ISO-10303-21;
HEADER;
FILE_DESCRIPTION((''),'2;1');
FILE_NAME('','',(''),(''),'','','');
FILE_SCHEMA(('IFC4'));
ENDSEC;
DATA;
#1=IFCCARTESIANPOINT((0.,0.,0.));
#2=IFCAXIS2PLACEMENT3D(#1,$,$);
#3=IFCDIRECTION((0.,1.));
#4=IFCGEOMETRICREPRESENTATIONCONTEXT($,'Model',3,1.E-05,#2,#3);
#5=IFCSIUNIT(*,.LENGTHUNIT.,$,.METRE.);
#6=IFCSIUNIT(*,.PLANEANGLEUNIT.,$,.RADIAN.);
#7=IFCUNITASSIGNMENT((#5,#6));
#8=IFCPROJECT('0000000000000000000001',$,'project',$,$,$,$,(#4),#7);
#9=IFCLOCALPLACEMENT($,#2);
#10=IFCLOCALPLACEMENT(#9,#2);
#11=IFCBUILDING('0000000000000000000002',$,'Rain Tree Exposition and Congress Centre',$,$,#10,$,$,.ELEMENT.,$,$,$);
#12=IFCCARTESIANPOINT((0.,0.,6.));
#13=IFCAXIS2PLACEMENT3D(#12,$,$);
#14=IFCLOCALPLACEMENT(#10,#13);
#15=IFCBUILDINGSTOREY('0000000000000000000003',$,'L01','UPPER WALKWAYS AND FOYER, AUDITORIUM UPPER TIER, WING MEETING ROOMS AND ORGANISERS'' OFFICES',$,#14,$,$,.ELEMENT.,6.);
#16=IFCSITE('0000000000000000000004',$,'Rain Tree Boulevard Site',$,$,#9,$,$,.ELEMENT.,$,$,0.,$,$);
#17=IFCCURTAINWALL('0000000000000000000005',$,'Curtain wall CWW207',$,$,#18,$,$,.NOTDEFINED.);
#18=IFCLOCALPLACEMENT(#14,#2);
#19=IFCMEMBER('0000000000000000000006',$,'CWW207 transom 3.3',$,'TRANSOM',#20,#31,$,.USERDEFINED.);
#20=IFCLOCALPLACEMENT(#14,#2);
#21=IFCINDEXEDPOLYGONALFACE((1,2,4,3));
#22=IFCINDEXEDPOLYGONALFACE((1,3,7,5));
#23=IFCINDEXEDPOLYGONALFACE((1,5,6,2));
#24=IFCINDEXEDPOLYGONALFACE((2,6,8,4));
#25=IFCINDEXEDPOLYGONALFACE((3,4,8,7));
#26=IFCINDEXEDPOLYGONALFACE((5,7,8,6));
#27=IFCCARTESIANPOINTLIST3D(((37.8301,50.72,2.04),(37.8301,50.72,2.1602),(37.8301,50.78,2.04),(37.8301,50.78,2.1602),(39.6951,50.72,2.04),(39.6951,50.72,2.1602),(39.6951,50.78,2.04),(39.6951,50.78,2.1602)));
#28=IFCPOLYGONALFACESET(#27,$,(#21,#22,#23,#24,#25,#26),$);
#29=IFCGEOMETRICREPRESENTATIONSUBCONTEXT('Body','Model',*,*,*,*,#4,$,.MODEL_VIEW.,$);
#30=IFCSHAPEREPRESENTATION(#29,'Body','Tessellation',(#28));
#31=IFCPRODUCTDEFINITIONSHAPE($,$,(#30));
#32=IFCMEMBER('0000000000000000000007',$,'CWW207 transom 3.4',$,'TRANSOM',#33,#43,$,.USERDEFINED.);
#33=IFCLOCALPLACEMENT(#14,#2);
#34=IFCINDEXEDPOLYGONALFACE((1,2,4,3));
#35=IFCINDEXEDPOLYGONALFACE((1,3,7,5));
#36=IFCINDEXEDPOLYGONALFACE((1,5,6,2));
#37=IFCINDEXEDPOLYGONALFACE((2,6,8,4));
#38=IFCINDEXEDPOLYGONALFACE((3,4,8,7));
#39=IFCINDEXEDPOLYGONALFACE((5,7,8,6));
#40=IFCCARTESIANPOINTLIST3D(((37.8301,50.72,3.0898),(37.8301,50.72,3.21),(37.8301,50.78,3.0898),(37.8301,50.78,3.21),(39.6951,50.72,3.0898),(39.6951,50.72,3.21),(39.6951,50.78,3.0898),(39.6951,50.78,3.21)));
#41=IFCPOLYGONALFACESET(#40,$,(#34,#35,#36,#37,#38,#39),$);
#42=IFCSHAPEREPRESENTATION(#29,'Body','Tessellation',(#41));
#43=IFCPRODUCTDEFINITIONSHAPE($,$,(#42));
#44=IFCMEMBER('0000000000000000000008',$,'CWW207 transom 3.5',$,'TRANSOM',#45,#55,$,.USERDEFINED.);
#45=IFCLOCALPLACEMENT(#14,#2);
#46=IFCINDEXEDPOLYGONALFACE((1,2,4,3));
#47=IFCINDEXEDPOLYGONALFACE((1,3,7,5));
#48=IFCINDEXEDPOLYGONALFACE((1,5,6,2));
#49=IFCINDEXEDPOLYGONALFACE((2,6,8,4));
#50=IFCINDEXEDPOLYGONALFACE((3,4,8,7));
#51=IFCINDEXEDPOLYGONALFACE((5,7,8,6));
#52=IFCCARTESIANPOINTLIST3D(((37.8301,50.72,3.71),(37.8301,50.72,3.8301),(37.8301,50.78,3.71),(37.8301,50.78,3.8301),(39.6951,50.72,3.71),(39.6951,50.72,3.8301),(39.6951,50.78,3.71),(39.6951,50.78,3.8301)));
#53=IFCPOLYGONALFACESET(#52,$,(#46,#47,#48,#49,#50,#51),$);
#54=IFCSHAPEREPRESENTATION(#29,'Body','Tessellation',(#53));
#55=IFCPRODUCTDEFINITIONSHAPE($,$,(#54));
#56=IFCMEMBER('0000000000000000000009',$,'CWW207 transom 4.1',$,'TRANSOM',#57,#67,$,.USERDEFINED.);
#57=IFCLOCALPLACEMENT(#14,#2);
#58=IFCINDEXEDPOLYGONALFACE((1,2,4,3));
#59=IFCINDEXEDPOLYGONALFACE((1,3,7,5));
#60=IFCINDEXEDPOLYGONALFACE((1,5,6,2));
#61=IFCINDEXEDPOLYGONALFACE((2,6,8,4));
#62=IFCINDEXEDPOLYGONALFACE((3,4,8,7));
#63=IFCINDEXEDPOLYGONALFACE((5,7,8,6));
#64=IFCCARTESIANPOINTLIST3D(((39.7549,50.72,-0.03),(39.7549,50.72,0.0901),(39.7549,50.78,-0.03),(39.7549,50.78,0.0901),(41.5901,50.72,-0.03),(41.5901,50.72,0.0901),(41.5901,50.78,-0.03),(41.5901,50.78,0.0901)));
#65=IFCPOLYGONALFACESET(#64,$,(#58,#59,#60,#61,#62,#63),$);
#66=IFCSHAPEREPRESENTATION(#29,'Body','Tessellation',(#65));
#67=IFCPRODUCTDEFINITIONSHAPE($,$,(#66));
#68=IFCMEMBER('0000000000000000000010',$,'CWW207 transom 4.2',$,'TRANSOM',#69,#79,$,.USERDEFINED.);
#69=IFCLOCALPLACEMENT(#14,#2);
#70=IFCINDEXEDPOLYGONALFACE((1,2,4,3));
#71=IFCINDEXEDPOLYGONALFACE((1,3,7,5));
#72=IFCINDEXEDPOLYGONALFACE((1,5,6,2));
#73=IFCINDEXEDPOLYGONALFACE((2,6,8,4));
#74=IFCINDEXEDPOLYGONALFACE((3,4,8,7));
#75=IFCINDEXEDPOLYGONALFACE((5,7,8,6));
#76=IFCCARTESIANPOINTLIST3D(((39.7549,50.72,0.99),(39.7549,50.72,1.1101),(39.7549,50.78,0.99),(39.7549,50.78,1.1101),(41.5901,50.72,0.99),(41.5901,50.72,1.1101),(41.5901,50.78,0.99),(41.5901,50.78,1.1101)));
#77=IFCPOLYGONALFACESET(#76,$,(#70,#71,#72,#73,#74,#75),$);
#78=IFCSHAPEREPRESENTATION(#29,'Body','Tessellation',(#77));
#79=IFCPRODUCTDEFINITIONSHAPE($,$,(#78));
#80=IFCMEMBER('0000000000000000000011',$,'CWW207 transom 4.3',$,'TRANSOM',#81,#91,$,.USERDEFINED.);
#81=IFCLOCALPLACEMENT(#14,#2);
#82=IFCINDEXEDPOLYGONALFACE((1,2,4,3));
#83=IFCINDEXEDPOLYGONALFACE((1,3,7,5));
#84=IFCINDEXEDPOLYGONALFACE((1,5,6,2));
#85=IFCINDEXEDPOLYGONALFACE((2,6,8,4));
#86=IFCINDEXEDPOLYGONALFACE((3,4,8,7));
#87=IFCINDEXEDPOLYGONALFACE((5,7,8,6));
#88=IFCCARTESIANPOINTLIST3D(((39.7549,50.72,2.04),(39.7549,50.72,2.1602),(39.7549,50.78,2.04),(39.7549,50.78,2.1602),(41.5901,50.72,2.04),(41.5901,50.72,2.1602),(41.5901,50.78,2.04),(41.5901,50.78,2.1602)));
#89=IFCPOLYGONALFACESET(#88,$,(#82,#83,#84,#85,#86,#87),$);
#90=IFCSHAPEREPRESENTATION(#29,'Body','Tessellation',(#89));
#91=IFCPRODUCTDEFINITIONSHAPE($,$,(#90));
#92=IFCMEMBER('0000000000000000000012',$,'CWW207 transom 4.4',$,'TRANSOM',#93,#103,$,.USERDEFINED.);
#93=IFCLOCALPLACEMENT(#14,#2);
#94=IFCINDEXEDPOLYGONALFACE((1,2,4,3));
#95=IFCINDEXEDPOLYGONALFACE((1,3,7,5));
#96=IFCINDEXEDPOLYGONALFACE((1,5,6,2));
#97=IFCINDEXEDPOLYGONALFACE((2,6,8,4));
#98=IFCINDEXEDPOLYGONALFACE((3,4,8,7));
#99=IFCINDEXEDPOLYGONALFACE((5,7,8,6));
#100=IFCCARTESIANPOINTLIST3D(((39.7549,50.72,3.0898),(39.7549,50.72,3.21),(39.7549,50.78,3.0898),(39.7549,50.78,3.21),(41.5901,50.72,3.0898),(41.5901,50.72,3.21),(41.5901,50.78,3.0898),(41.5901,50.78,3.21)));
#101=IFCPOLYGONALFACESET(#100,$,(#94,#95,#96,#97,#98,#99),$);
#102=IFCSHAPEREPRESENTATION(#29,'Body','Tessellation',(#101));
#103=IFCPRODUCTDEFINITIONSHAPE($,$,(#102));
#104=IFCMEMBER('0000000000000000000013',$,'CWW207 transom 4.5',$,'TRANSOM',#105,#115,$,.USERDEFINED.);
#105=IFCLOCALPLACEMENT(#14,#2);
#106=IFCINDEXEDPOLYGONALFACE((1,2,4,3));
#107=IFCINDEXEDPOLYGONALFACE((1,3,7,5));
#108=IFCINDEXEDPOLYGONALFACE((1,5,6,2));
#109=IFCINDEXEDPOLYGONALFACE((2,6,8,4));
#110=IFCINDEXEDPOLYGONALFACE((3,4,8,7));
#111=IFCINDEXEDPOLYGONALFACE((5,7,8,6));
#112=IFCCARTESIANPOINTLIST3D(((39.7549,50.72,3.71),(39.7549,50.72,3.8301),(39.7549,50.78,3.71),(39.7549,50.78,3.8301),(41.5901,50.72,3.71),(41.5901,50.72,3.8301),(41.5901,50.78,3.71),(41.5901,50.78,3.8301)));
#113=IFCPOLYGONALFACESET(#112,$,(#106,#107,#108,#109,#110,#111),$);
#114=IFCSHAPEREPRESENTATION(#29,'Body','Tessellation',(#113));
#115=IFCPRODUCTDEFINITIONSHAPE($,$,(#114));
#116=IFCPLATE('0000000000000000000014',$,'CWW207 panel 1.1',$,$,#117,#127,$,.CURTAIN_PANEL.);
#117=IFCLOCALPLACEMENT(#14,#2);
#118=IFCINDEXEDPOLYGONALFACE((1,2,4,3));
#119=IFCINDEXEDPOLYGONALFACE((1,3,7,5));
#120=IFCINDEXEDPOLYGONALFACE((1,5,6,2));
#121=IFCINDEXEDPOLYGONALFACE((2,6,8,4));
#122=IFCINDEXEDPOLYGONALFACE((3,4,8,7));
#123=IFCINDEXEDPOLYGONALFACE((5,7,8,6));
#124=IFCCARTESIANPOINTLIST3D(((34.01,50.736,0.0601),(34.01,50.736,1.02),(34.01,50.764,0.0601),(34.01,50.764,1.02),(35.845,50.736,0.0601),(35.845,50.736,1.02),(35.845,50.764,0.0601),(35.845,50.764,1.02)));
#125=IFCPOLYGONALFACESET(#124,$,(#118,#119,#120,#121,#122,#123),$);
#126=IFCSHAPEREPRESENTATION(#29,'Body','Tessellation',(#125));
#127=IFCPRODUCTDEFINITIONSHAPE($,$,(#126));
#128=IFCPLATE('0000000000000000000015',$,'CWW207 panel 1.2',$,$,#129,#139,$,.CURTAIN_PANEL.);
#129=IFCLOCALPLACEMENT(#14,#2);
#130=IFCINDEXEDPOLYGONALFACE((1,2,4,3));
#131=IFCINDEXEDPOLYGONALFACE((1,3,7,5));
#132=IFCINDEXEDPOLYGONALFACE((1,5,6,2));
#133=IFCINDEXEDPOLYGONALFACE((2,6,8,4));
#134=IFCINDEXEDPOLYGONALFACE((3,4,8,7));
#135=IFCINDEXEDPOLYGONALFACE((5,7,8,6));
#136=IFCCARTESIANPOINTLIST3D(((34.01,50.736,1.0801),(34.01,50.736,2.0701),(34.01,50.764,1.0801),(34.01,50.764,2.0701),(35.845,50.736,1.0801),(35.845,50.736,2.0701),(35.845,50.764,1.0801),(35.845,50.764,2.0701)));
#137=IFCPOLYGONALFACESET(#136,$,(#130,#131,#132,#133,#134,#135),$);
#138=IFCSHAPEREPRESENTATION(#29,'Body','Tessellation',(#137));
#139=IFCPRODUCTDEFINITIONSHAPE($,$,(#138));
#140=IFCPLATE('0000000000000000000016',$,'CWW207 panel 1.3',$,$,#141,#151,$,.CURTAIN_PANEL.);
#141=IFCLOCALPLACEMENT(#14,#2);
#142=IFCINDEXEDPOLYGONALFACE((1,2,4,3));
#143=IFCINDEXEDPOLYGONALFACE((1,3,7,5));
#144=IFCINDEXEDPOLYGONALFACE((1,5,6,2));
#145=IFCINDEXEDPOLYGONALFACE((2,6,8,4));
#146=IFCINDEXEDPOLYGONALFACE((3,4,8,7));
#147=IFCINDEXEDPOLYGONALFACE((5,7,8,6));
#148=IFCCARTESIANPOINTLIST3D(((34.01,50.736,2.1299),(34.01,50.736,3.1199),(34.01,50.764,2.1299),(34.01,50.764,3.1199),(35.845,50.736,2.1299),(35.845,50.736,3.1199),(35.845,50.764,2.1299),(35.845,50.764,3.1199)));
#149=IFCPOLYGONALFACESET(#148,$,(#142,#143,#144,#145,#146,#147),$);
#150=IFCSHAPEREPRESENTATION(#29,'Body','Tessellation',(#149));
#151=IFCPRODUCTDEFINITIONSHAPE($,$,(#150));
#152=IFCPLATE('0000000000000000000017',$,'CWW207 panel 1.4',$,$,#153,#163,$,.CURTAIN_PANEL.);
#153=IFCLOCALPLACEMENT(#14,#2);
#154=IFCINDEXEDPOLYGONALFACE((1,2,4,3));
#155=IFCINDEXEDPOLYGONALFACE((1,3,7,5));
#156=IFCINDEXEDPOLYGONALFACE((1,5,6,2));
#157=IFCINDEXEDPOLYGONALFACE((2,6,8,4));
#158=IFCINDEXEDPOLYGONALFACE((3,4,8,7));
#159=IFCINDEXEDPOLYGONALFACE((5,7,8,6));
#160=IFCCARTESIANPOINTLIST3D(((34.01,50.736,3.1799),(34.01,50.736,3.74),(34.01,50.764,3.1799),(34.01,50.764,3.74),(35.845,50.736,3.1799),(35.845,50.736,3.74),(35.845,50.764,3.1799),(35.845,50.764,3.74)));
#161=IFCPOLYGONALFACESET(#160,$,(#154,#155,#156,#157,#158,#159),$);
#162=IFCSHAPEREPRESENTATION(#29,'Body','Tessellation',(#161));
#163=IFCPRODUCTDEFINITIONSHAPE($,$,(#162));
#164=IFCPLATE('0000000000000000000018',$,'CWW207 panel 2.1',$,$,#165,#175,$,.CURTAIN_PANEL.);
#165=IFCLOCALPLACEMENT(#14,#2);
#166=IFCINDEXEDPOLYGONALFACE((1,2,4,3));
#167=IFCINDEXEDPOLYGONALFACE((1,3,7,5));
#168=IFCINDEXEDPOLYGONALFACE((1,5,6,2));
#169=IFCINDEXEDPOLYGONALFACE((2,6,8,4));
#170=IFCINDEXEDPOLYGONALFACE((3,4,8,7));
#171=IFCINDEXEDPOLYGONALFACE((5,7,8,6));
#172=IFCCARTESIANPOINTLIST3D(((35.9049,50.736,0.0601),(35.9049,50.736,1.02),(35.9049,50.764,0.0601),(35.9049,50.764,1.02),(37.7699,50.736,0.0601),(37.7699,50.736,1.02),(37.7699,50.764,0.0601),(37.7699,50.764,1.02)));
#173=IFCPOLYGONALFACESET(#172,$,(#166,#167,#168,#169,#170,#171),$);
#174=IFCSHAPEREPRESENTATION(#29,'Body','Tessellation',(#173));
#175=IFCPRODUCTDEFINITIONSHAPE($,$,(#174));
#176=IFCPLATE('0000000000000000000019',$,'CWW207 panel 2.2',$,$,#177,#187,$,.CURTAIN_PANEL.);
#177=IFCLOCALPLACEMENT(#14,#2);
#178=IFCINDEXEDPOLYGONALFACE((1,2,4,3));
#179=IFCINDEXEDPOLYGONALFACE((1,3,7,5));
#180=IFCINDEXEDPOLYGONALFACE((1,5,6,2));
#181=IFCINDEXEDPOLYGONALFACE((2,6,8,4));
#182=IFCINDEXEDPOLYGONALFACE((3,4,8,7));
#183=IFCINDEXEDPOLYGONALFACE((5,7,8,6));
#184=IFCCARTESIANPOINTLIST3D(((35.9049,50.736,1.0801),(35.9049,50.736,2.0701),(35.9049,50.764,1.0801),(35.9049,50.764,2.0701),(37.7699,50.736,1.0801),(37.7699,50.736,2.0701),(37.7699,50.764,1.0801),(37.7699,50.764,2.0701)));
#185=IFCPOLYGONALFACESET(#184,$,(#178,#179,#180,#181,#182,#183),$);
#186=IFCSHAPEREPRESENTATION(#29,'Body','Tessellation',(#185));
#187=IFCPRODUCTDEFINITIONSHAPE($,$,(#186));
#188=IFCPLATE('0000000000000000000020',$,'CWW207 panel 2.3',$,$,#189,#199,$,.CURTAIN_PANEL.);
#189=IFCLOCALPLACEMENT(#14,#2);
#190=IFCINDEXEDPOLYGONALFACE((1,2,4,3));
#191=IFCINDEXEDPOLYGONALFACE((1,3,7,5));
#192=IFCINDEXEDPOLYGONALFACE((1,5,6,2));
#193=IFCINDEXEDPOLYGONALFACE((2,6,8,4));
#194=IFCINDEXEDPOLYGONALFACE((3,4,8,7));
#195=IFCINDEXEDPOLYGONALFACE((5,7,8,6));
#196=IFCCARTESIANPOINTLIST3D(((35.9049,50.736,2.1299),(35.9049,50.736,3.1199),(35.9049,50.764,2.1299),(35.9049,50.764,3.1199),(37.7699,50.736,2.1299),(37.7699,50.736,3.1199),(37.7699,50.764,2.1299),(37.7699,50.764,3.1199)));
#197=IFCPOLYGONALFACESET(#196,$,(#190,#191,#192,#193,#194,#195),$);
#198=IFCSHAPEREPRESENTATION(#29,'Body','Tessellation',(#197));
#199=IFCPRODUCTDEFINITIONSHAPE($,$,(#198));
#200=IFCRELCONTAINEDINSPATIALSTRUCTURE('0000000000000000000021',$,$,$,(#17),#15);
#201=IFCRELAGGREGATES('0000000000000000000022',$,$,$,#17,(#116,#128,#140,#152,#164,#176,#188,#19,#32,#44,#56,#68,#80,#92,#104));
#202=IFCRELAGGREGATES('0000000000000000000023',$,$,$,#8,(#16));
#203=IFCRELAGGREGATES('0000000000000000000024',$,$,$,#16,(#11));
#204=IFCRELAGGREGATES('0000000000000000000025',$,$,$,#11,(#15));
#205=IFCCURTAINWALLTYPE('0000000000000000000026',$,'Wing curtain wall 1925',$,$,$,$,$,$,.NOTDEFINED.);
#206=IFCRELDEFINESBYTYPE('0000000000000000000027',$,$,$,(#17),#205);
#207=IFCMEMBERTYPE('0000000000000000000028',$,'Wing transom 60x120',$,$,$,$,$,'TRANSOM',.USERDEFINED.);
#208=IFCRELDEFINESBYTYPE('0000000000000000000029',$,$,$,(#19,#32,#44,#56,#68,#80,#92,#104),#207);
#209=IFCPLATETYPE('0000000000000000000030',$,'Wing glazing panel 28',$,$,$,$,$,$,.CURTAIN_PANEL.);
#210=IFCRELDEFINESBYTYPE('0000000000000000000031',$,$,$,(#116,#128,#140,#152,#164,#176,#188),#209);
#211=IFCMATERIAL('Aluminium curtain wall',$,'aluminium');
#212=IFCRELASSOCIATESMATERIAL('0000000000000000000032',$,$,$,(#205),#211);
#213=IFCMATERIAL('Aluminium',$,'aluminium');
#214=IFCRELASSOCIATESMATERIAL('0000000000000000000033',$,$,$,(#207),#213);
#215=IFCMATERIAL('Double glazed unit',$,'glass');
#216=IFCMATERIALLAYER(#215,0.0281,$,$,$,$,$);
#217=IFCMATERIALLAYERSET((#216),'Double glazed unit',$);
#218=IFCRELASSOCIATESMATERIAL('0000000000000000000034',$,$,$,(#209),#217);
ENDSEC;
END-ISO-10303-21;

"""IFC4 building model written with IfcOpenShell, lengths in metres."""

from ifc_helpers import new_model, si_unit, direction, frame, origin, origin_2d, place, context, subcontext, project, spatial, rectangle, extrude, material, layer, layer_set, material_profile, profile_set, type_object, element, aggregate, save


model = new_model("IFC4")

# Units and contexts
model_context = context("Model", 3, precision=1e-05, world=origin(), true_north=direction((0.0, 1.0)))
body_context = subcontext(model_context, "Body", "Model", "MODEL_VIEW")
ifc_project = project(units=[si_unit("LENGTHUNIT", "METRE"), si_unit("PLANEANGLEUNIT", "RADIAN")], contexts=[model_context])

# Site, building, storey
site_placement = place(None, origin())
site = spatial("IfcSite", under=ifc_project, at=site_placement, Name="Rain Tree Boulevard Site", CompositionType="ELEMENT", RefElevation=0.0)
building_placement = place(site_placement, origin())
building = spatial("IfcBuilding", under=site, at=building_placement, Name="Rain Tree Exposition and Congress Centre", CompositionType="ELEMENT")
storey_placement = place(building_placement, frame((0.0, 0.0, 6.0)))
storey = spatial("IfcBuildingStorey", under=building, at=storey_placement, Name="L01", Description="UPPER WALKWAYS AND FOYER, AUDITORIUM UPPER TIER, WING MEETING ROOMS AND ORGANISERS' OFFICES", CompositionType="ELEMENT", Elevation=6.0)

# Curtain wall, members, plates
ifc_material_1 = material(Name="Aluminium curtain wall", Category="aluminium")
curtain_wall_type = type_object("IfcCurtainWallType", Name="Wing curtain wall 1925", PredefinedType="NOTDEFINED", material=ifc_material_1)
curtain_wall_placement = place(storey_placement, origin())
curtain_wall = element("IfcCurtainWall", 1, at=curtain_wall_placement, inside=storey, type_object=curtain_wall_type, Name="Curtain wall CWW207", PredefinedType="NOTDEFINED")
ifc_material_2 = material(Name="Aluminium", Category="aluminium")
ifc_material_profile_1 = material_profile(ifc_material_2, rectangle(XDim=0.0601, YDim=0.1201, at=origin_2d()), Name="Aluminium 60x120")
ifc_profile_set_1 = profile_set([ifc_material_profile_1], Name="Aluminium")
member_type_1 = type_object("IfcMemberType", Name="Wing transom 60x120", ElementType="TRANSOM", PredefinedType="USERDEFINED", material=ifc_profile_set_1)
member_1_placement = place(storey_placement, frame((37.8301, 50.75, 2.1001), z_axis=(1.0, 0.0, 0.0), x_axis=(0.0, 1.0, 0.0)))
member_1 = element("IfcMember", 2, at=member_1_placement, type_object=member_type_1, Name="CWW207 transom 3.3", ObjectType="TRANSOM", PredefinedType="USERDEFINED", context=body_context, shape_type="SweptSolid", body=[
    extrude(rectangle(XDim=0.0601, YDim=0.1201, at=origin_2d()), origin(), (0.0, 0.0, 1.0), 1.865),
])
member_2_placement = place(storey_placement, frame((37.8301, 50.75, 3.1499), z_axis=(1.0, 0.0, 0.0), x_axis=(0.0, 1.0, 0.0)))
member_2 = element("IfcMember", 3, at=member_2_placement, type_object=member_type_1, Name="CWW207 transom 3.4", ObjectType="TRANSOM", PredefinedType="USERDEFINED", context=body_context, shape_type="SweptSolid", body=[
    extrude(rectangle(XDim=0.0601, YDim=0.1201, at=origin_2d()), origin(), (0.0, 0.0, 1.0), 1.865),
])
member_3_placement = place(storey_placement, frame((37.8301, 50.75, 3.77), z_axis=(1.0, 0.0, 0.0), x_axis=(0.0, 1.0, 0.0)))
member_3 = element("IfcMember", 4, at=member_3_placement, type_object=member_type_1, Name="CWW207 transom 3.5", ObjectType="TRANSOM", PredefinedType="USERDEFINED", context=body_context, shape_type="SweptSolid", body=[
    extrude(rectangle(XDim=0.0601, YDim=0.1201, at=origin_2d()), origin(), (0.0, 0.0, 1.0), 1.865),
])
member_4_placement = place(storey_placement, frame((39.7549, 50.75, 0.03), z_axis=(1.0, 0.0, 0.0), x_axis=(0.0, 1.0, 0.0)))
member_4 = element("IfcMember", 5, at=member_4_placement, type_object=member_type_1, Name="CWW207 transom 4.1", ObjectType="TRANSOM", PredefinedType="USERDEFINED", context=body_context, shape_type="SweptSolid", body=[
    extrude(rectangle(XDim=0.0601, YDim=0.1201, at=origin_2d()), origin(), (0.0, 0.0, 1.0), 1.8352),
])
member_5_placement = place(storey_placement, frame((39.7549, 50.75, 1.05), z_axis=(1.0, 0.0, 0.0), x_axis=(0.0, 1.0, 0.0)))
member_5 = element("IfcMember", 6, at=member_5_placement, type_object=member_type_1, Name="CWW207 transom 4.2", ObjectType="TRANSOM", PredefinedType="USERDEFINED", context=body_context, shape_type="SweptSolid", body=[
    extrude(rectangle(XDim=0.0601, YDim=0.1201, at=origin_2d()), origin(), (0.0, 0.0, 1.0), 1.8352),
])
member_6_placement = place(storey_placement, frame((39.7549, 50.75, 2.1001), z_axis=(1.0, 0.0, 0.0), x_axis=(0.0, 1.0, 0.0)))
member_6 = element("IfcMember", 7, at=member_6_placement, type_object=member_type_1, Name="CWW207 transom 4.3", ObjectType="TRANSOM", PredefinedType="USERDEFINED", context=body_context, shape_type="SweptSolid", body=[
    extrude(rectangle(XDim=0.0601, YDim=0.1201, at=origin_2d()), origin(), (0.0, 0.0, 1.0), 1.8352),
])
member_7_placement = place(storey_placement, frame((39.7549, 50.75, 3.1499), z_axis=(1.0, 0.0, 0.0), x_axis=(0.0, 1.0, 0.0)))
member_7 = element("IfcMember", 8, at=member_7_placement, type_object=member_type_1, Name="CWW207 transom 4.4", ObjectType="TRANSOM", PredefinedType="USERDEFINED", context=body_context, shape_type="SweptSolid", body=[
    extrude(rectangle(XDim=0.0601, YDim=0.1201, at=origin_2d()), origin(), (0.0, 0.0, 1.0), 1.8352),
])
member_8_placement = place(storey_placement, frame((39.7549, 50.75, 3.77), z_axis=(1.0, 0.0, 0.0), x_axis=(0.0, 1.0, 0.0)))
member_8 = element("IfcMember", 9, at=member_8_placement, type_object=member_type_1, Name="CWW207 transom 4.5", ObjectType="TRANSOM", PredefinedType="USERDEFINED", context=body_context, shape_type="SweptSolid", body=[
    extrude(rectangle(XDim=0.0601, YDim=0.1201, at=origin_2d()), origin(), (0.0, 0.0, 1.0), 1.8352),
])
ifc_material_3 = material(Name="Double glazed unit", Category="glass")
ifc_layer = layer(ifc_material_3, 0.0281)
ifc_layer_set = layer_set([ifc_layer], Name="Double glazed unit")
plate_type = type_object("IfcPlateType", Name="Wing glazing panel 28", PredefinedType="CURTAIN_PANEL", material=ifc_layer_set)
plate_1_placement = place(storey_placement, frame((34.9275, 50.75, 0.0601), z_axis=(0.0, 0.0, 1.0), x_axis=(1.0, 0.0, 0.0)))
plate_1 = element("IfcPlate", 10, at=plate_1_placement, type_object=plate_type, Name="CWW207 panel 1.1", PredefinedType="CURTAIN_PANEL", context=body_context, shape_type="SweptSolid", body=[
    extrude(rectangle(XDim=1.835, YDim=0.0281, at=origin_2d()), origin(), (0.0, 0.0, 1.0), 0.96),
])
plate_2_placement = place(storey_placement, frame((34.9275, 50.75, 1.0801), z_axis=(0.0, 0.0, 1.0), x_axis=(1.0, 0.0, 0.0)))
plate_2 = element("IfcPlate", 11, at=plate_2_placement, type_object=plate_type, Name="CWW207 panel 1.2", PredefinedType="CURTAIN_PANEL", context=body_context, shape_type="SweptSolid", body=[
    extrude(rectangle(XDim=1.835, YDim=0.0281, at=origin_2d()), origin(), (0.0, 0.0, 1.0), 0.99),
])
plate_3_placement = place(storey_placement, frame((34.9275, 50.75, 2.1299), z_axis=(0.0, 0.0, 1.0), x_axis=(1.0, 0.0, 0.0)))
plate_3 = element("IfcPlate", 12, at=plate_3_placement, type_object=plate_type, Name="CWW207 panel 1.3", PredefinedType="CURTAIN_PANEL", context=body_context, shape_type="SweptSolid", body=[
    extrude(rectangle(XDim=1.835, YDim=0.0281, at=origin_2d()), origin(), (0.0, 0.0, 1.0), 0.99),
])
plate_4_placement = place(storey_placement, frame((34.9275, 50.75, 3.1799), z_axis=(0.0, 0.0, 1.0), x_axis=(1.0, 0.0, 0.0)))
plate_4 = element("IfcPlate", 13, at=plate_4_placement, type_object=plate_type, Name="CWW207 panel 1.4", PredefinedType="CURTAIN_PANEL", context=body_context, shape_type="SweptSolid", body=[
    extrude(rectangle(XDim=1.835, YDim=0.0281, at=origin_2d()), origin(), (0.0, 0.0, 1.0), 0.5601),
])
plate_5_placement = place(storey_placement, frame((36.8374, 50.75, 0.0601), z_axis=(0.0, 0.0, 1.0), x_axis=(1.0, 0.0, 0.0)))
plate_5 = element("IfcPlate", 14, at=plate_5_placement, type_object=plate_type, Name="CWW207 panel 2.1", PredefinedType="CURTAIN_PANEL", context=body_context, shape_type="SweptSolid", body=[
    extrude(rectangle(XDim=1.865, YDim=0.0281, at=origin_2d()), origin(), (0.0, 0.0, 1.0), 0.96),
])
plate_6_placement = place(storey_placement, frame((36.8374, 50.75, 1.0801), z_axis=(0.0, 0.0, 1.0), x_axis=(1.0, 0.0, 0.0)))
plate_6 = element("IfcPlate", 15, at=plate_6_placement, type_object=plate_type, Name="CWW207 panel 2.2", PredefinedType="CURTAIN_PANEL", context=body_context, shape_type="SweptSolid", body=[
    extrude(rectangle(XDim=1.865, YDim=0.0281, at=origin_2d()), origin(), (0.0, 0.0, 1.0), 0.99),
])
plate_7_placement = place(storey_placement, frame((36.8374, 50.75, 2.1299), z_axis=(0.0, 0.0, 1.0), x_axis=(1.0, 0.0, 0.0)))
plate_7 = element("IfcPlate", 16, at=plate_7_placement, type_object=plate_type, Name="CWW207 panel 2.3", PredefinedType="CURTAIN_PANEL", context=body_context, shape_type="SweptSolid", body=[
    extrude(rectangle(XDim=1.865, YDim=0.0281, at=origin_2d()), origin(), (0.0, 0.0, 1.0), 0.99),
])
aggregate(curtain_wall, [plate_1, plate_2, plate_3, plate_4, plate_5, plate_6, plate_7, member_1, member_2, member_3, member_4, member_5, member_6, member_7, member_8])

save(model, "model.ifc")
